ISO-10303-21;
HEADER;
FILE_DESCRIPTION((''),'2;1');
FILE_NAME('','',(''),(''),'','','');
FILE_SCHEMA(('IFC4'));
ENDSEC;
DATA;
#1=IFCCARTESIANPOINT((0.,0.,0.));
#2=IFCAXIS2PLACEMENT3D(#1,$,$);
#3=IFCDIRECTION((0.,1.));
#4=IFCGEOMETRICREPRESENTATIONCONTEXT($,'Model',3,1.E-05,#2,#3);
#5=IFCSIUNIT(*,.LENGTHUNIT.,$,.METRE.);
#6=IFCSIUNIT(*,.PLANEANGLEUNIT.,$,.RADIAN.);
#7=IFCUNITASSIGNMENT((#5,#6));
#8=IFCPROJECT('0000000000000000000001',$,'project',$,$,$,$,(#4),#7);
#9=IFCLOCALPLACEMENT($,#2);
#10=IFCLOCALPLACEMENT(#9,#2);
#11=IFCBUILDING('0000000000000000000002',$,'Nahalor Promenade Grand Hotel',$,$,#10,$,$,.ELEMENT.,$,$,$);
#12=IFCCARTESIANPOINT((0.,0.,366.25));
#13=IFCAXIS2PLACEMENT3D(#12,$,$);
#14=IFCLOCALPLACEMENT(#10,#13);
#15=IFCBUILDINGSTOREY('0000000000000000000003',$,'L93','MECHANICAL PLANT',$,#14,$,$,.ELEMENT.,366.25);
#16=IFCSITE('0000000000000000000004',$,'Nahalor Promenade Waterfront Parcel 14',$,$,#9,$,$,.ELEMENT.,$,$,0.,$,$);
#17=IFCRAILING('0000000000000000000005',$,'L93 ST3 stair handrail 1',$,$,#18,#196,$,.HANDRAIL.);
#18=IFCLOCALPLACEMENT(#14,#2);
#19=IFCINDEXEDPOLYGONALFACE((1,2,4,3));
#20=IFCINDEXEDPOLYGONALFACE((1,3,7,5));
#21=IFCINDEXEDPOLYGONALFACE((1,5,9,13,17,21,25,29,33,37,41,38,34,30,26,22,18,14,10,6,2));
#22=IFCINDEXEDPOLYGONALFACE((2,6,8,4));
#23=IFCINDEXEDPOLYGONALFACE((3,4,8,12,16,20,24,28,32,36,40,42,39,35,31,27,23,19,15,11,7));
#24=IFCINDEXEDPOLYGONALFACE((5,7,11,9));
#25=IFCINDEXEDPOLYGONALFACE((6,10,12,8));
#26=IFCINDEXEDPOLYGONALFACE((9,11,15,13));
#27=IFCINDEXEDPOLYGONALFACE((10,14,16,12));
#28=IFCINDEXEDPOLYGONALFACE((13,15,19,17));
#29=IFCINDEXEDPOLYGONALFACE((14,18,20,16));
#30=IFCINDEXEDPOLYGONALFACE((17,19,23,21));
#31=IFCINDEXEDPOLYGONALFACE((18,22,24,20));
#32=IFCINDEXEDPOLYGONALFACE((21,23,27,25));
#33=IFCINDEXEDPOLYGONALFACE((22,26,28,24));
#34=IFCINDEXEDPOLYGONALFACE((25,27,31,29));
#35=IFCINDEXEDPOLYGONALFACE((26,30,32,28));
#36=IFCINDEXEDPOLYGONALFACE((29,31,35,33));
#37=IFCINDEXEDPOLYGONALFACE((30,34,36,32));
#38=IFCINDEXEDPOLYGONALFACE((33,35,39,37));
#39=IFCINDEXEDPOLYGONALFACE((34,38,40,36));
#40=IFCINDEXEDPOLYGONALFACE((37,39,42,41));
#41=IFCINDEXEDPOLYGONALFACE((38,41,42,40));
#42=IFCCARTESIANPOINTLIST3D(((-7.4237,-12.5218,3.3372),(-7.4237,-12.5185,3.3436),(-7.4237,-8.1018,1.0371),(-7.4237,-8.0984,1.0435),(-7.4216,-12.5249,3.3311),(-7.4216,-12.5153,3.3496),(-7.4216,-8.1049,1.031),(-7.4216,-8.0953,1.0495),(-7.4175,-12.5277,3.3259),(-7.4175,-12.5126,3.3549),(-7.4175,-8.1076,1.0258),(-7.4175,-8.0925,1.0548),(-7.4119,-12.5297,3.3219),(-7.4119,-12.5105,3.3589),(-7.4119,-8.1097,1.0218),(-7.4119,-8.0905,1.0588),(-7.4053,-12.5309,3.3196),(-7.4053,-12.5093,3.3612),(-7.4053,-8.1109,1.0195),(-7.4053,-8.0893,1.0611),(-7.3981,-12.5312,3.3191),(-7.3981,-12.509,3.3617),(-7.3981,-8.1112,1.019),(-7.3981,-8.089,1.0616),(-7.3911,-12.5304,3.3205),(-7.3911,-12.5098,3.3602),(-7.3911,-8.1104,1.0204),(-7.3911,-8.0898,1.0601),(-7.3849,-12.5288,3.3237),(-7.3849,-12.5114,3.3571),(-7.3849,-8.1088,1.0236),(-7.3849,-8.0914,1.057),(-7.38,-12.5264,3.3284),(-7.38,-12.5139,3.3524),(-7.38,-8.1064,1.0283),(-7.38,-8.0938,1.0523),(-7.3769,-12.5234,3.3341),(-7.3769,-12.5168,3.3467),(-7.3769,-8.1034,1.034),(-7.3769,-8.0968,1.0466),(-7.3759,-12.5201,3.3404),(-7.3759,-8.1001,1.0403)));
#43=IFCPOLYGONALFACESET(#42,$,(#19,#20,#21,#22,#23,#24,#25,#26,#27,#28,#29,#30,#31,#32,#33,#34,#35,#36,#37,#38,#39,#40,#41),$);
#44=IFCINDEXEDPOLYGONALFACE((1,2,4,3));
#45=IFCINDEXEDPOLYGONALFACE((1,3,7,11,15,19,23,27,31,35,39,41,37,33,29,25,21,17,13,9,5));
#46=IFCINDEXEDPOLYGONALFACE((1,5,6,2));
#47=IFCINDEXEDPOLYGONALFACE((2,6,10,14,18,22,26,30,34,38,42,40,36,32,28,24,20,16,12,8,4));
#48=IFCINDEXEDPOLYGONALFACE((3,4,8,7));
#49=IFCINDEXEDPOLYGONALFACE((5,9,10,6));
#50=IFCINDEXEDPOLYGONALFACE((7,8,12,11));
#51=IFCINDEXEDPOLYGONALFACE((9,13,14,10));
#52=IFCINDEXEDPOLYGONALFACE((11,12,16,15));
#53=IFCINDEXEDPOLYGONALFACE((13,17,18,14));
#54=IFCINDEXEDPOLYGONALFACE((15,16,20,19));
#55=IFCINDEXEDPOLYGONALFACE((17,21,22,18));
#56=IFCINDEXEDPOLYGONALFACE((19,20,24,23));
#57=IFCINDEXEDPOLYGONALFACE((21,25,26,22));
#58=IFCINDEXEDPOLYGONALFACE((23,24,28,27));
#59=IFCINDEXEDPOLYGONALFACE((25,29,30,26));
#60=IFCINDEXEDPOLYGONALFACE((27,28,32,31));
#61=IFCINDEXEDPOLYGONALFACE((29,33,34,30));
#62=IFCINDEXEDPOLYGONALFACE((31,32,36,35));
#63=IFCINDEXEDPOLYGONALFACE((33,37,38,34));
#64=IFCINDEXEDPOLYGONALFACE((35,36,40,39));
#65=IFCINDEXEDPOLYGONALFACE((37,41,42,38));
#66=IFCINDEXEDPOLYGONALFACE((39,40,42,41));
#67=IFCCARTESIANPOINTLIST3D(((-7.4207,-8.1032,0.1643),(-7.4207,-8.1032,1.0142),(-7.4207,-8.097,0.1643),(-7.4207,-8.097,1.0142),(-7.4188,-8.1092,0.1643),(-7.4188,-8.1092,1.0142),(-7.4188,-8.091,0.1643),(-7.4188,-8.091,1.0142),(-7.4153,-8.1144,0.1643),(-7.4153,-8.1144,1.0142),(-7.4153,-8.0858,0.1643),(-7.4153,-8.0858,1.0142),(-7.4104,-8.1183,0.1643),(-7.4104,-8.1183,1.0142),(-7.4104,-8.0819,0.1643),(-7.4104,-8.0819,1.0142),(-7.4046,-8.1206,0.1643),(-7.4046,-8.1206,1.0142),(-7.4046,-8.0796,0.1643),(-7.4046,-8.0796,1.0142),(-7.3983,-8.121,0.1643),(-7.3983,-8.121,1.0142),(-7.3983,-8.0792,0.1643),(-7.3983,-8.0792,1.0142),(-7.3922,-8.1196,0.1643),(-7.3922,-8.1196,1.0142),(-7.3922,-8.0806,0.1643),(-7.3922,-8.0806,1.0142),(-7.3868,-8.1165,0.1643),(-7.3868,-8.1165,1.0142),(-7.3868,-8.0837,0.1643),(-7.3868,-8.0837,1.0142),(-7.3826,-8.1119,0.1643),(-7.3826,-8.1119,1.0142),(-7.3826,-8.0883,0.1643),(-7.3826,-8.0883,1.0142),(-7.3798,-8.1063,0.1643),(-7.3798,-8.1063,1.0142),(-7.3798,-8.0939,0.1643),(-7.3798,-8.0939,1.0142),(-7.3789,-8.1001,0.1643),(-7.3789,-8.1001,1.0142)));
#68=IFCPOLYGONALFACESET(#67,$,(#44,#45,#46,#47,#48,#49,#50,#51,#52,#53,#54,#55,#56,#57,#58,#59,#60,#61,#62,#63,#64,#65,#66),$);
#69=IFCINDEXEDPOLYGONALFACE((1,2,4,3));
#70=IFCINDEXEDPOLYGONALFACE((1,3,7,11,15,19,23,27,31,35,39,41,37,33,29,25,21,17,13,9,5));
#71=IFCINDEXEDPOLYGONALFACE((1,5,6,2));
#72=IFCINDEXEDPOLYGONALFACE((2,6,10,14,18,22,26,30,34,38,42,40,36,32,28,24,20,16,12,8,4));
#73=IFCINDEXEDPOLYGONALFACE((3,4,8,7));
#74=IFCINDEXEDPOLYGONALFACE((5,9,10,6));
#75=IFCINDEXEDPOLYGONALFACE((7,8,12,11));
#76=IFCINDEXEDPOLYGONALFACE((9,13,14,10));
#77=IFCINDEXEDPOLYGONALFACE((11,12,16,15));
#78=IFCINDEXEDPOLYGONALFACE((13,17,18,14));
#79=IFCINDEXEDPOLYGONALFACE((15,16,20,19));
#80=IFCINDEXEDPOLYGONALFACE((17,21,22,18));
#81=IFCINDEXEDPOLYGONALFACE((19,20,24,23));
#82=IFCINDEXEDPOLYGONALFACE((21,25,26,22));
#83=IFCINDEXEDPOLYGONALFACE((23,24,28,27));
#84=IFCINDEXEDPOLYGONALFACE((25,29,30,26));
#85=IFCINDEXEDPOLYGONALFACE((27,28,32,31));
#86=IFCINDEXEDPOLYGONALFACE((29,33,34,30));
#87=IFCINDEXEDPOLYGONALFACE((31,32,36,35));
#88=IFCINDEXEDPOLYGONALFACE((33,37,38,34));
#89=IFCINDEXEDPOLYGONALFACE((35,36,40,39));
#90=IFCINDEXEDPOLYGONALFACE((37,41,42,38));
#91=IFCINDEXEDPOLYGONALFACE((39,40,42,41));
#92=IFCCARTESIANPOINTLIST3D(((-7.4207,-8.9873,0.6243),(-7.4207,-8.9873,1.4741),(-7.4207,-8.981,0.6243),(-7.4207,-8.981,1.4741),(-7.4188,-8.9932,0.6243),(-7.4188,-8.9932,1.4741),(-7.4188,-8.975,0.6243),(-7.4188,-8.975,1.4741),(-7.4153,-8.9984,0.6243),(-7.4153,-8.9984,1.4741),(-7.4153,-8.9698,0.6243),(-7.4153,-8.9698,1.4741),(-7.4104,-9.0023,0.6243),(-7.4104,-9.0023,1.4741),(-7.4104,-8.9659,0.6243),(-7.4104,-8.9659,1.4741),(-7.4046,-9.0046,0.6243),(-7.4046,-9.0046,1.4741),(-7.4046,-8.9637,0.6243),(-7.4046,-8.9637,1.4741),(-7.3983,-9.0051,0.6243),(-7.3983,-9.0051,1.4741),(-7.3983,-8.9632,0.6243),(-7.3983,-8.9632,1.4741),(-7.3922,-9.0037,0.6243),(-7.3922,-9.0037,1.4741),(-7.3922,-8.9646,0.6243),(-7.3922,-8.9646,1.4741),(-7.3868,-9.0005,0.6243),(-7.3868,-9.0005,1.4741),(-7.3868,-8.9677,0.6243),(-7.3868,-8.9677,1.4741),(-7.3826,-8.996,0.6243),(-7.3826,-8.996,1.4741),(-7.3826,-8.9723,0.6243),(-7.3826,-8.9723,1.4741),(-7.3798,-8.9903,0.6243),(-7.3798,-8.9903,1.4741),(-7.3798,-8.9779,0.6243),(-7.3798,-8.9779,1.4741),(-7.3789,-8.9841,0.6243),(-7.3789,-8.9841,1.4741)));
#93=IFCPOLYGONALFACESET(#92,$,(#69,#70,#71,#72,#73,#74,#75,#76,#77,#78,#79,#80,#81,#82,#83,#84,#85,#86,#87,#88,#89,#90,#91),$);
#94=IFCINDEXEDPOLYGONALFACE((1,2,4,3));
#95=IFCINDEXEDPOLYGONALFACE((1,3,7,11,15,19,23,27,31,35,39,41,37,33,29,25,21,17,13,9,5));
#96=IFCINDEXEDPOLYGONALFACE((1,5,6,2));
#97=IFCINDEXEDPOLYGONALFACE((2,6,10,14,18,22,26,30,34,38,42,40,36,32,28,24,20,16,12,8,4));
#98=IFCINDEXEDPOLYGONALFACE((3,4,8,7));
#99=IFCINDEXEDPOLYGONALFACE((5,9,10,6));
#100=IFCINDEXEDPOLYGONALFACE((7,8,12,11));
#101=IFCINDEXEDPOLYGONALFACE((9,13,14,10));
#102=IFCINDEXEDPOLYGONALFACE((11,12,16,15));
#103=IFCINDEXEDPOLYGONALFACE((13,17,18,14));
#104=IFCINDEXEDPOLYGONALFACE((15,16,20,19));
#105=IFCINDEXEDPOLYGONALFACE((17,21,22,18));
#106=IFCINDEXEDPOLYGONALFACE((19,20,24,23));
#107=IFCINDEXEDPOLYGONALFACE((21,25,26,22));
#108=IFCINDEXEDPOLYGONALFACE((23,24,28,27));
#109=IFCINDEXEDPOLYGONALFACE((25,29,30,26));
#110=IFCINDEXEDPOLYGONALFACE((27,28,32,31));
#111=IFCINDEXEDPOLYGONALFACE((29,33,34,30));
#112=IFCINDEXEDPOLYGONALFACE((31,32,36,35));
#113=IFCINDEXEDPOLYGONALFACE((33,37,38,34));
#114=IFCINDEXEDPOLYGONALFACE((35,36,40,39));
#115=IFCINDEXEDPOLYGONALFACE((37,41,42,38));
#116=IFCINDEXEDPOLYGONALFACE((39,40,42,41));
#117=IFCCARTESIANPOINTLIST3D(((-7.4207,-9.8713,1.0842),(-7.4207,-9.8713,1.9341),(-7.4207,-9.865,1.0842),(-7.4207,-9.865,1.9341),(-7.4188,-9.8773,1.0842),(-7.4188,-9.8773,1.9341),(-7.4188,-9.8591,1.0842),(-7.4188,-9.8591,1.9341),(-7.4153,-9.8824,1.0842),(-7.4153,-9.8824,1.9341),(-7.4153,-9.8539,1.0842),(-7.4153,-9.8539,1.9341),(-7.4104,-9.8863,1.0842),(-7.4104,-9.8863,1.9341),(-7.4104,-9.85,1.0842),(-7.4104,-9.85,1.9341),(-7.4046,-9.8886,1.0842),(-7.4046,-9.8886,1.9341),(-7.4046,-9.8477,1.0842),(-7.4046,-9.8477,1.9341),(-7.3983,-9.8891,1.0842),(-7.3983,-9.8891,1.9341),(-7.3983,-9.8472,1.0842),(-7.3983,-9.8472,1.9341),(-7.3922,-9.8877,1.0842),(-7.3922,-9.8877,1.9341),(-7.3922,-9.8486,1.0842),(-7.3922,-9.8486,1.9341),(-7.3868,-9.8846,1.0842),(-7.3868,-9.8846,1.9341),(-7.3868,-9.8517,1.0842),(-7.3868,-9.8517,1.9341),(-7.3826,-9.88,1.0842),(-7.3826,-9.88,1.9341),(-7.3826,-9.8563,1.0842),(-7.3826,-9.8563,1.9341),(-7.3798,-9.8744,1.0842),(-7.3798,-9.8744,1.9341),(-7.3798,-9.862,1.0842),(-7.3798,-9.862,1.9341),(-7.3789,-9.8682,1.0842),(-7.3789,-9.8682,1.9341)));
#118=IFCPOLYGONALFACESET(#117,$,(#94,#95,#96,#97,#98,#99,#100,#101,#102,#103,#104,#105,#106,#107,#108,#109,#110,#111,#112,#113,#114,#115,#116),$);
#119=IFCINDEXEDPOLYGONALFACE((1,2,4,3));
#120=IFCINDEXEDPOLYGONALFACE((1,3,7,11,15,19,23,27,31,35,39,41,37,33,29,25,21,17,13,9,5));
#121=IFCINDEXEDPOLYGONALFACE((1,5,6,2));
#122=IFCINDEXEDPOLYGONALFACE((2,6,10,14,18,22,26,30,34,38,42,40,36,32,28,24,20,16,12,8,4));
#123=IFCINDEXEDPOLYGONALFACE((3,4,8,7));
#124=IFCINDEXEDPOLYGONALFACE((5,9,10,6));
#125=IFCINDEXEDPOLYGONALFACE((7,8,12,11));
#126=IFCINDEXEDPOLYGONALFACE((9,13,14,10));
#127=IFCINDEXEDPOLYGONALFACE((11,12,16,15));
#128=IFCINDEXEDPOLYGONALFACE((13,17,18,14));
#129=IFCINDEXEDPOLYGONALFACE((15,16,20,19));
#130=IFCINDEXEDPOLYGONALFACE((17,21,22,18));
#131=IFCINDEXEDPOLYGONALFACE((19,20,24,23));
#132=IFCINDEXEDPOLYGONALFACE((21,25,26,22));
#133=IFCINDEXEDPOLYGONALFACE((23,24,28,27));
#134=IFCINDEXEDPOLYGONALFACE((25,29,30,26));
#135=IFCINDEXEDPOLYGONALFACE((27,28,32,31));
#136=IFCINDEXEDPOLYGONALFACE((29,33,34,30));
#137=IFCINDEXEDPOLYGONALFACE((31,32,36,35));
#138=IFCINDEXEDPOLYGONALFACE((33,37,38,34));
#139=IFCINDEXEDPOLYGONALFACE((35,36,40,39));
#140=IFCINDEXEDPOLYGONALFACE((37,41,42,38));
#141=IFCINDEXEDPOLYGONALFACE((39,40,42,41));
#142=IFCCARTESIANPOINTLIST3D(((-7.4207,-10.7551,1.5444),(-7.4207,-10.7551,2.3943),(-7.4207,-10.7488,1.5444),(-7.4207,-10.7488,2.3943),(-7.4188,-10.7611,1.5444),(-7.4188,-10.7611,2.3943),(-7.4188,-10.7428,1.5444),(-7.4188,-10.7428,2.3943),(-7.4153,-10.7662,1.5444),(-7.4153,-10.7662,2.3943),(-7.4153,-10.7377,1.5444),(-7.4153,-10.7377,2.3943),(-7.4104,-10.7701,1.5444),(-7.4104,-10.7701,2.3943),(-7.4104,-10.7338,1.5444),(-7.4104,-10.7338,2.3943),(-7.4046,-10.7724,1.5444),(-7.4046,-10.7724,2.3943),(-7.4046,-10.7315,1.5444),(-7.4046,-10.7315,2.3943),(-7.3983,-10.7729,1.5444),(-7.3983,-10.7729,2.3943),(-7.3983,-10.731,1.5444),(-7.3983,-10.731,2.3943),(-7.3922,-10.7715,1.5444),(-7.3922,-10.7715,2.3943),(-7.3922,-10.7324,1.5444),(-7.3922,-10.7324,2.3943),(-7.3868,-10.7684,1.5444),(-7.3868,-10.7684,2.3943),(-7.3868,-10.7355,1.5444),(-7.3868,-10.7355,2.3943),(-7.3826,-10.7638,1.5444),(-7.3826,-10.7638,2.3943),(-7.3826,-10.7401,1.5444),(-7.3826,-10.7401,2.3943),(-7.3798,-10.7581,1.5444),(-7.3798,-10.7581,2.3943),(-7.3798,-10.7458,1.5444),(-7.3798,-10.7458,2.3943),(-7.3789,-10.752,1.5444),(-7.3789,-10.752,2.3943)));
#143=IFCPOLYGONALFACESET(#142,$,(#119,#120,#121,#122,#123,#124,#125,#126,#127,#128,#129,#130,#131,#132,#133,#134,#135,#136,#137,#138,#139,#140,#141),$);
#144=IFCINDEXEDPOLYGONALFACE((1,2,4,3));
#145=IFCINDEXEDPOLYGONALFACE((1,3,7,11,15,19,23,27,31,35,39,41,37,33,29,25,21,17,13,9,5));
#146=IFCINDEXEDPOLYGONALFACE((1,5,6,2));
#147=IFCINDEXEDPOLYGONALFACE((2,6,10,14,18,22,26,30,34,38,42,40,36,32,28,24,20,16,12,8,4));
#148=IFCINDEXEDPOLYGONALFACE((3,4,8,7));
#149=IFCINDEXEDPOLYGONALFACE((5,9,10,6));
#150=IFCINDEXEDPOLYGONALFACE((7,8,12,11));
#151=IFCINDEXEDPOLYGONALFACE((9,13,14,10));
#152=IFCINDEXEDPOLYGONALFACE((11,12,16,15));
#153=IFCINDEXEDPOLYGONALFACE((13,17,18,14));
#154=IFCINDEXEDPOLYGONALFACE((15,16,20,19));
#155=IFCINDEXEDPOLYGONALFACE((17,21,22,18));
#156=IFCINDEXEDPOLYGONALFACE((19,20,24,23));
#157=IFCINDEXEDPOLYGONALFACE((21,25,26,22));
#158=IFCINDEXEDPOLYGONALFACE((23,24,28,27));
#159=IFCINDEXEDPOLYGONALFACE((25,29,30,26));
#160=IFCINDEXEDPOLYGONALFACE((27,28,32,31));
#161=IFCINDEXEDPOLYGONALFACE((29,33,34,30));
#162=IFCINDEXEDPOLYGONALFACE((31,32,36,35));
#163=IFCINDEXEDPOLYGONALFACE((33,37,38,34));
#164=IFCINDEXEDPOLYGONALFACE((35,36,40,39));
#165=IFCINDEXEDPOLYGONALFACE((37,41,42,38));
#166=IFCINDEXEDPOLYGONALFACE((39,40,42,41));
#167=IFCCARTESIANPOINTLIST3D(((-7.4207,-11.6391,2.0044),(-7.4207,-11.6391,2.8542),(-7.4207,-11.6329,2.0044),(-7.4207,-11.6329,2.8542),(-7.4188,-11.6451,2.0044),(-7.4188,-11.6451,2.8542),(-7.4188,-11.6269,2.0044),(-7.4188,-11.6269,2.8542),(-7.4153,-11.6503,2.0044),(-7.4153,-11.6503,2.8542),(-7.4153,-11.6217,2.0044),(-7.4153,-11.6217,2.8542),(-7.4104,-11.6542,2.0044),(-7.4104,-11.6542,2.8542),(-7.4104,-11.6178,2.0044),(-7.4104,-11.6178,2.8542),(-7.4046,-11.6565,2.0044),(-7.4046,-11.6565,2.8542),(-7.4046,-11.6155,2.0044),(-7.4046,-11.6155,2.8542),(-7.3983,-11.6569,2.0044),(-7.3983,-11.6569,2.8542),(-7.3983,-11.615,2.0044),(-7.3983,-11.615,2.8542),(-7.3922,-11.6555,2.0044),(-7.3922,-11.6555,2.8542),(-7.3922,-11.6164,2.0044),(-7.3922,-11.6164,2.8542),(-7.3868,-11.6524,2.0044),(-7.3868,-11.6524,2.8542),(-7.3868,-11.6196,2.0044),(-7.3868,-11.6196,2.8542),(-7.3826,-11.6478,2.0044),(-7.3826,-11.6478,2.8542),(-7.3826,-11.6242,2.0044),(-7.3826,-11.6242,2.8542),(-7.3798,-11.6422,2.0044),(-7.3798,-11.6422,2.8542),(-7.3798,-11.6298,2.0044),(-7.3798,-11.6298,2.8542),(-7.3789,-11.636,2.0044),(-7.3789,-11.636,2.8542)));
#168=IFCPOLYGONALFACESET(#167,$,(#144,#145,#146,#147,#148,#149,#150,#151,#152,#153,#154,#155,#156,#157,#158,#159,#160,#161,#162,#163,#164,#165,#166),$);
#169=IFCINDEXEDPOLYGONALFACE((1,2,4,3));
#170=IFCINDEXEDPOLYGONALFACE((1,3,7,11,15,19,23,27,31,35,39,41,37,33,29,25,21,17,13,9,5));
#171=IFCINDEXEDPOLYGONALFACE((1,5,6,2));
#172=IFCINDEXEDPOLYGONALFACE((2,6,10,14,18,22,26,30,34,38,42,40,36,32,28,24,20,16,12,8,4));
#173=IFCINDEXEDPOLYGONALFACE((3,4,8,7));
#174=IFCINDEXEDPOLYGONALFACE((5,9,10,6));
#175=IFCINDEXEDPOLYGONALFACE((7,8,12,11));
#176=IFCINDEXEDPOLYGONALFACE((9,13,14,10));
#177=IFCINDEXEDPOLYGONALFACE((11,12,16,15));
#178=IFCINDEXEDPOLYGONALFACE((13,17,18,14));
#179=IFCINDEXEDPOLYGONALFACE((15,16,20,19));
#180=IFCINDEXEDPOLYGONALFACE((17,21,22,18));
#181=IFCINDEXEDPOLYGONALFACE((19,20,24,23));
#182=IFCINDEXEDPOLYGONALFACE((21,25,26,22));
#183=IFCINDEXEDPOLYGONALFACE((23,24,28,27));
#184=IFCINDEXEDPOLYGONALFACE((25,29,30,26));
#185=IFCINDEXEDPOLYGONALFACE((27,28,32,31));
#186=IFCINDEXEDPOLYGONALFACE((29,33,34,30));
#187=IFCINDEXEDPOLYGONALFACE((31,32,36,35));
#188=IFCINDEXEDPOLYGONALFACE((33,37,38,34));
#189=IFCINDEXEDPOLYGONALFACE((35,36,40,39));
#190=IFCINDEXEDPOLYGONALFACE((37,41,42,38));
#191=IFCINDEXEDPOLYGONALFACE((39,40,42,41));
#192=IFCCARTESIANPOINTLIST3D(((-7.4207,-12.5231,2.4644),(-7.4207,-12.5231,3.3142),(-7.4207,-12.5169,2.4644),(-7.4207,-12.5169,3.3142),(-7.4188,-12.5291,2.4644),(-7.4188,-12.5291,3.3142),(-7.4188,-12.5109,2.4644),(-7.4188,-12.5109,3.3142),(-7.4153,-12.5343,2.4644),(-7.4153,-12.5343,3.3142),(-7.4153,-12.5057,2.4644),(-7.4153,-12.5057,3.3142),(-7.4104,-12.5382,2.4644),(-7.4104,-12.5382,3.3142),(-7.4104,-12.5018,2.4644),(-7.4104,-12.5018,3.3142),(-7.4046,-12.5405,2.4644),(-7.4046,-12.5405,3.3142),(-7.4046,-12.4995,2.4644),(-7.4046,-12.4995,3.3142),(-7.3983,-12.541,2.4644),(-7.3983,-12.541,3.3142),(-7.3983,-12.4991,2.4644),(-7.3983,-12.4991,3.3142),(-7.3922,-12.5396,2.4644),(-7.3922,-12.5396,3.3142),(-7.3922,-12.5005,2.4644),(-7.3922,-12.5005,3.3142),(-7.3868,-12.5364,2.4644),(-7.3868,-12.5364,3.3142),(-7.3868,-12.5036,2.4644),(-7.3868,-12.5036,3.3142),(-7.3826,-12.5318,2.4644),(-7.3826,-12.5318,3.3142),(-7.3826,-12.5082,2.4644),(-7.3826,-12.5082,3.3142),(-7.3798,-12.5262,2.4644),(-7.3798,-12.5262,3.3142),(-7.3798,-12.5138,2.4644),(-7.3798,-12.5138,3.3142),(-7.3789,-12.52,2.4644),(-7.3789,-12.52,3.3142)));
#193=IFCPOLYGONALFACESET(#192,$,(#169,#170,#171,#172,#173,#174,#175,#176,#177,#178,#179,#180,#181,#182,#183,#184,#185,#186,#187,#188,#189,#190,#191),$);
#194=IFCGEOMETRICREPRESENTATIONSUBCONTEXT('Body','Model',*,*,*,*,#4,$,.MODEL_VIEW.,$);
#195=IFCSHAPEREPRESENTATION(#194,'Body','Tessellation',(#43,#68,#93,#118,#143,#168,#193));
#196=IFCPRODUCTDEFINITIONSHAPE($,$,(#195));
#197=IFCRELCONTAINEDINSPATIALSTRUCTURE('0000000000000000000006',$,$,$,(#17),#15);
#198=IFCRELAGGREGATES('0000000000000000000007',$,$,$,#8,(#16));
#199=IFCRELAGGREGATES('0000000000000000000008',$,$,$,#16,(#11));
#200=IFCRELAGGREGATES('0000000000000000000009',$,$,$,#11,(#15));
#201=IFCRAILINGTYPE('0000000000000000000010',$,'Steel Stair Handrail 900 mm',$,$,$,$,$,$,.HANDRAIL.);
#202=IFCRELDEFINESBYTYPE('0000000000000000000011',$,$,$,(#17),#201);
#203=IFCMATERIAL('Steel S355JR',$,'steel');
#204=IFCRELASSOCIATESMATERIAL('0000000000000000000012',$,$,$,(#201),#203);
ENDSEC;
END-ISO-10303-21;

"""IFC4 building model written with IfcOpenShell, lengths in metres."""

from ifc_helpers import new_model, si_unit, direction, frame, origin, origin_2d, place, context, subcontext, project, spatial, circle, extrude, material, type_object, element, save


model = new_model("IFC4")

# Units and contexts
model_context = context("Model", 3, precision=1e-05, world=origin(), true_north=direction((0.0, 1.0)))
body_context = subcontext(model_context, "Body", "Model", "MODEL_VIEW")
ifc_project = project(units=[si_unit("LENGTHUNIT", "METRE"), si_unit("PLANEANGLEUNIT", "RADIAN")], contexts=[model_context])

# Site, building, storey
site_placement = place(None, origin())
site = spatial("IfcSite", under=ifc_project, at=site_placement, Name="Nahalor Promenade Waterfront Parcel 14", CompositionType="ELEMENT", RefElevation=0.0)
building_placement = place(site_placement, origin())
building = spatial("IfcBuilding", under=site, at=building_placement, Name="Nahalor Promenade Grand Hotel", CompositionType="ELEMENT")
storey_placement = place(building_placement, frame((0.0, 0.0, 366.25)))
storey = spatial("IfcBuildingStorey", under=building, at=storey_placement, Name="L93", Description="MECHANICAL PLANT", CompositionType="ELEMENT", Elevation=366.25)

# Shared definitions
ifc_material_1 = material(Name="Steel S355JR", Category="steel")

# Railing
railing_type_1 = type_object("IfcRailingType", Name="Steel Stair Handrail 900 mm", PredefinedType="HANDRAIL", material=ifc_material_1)
railing_1_placement = place(storey_placement, frame((-7.3999, -8.1001, 0.1643)))
element("IfcRailing", 1, at=railing_1_placement, inside=storey, type_object=railing_type_1, Name="L93 ST3 stair handrail 1", PredefinedType="HANDRAIL", context=body_context, shape_type="SweptSolid", body=[
    extrude(circle(Radius=0.024, at=origin_2d()), frame((0.0, 0.0, 0.876), z_axis=(0.0, -0.887078, 0.46162), x_axis=(1.0, 0.0, 0.0)), (0.0, 0.0, 1.0), 4.9827),
    extrude(circle(Radius=0.021, at=origin_2d()), origin(), (0.0, 0.0, 1.0), 0.8499),
    extrude(circle(Radius=0.021, at=origin_2d()), frame((0.0, -0.884, 0.46)), (0.0, 0.0, 1.0), 0.8499),
    extrude(circle(Radius=0.021, at=origin_2d()), frame((0.0, -1.7681, 0.9199)), (0.0, 0.0, 1.0), 0.8499),
    extrude(circle(Radius=0.021, at=origin_2d()), frame((0.0, -2.6519, 1.3801)), (0.0, 0.0, 1.0), 0.8499),
    extrude(circle(Radius=0.021, at=origin_2d()), frame((0.0, -3.5359, 1.8401)), (0.0, 0.0, 1.0), 0.8499),
    extrude(circle(Radius=0.021, at=origin_2d()), frame((0.0, -4.4199, 2.3)), (0.0, 0.0, 1.0), 0.8499),
])

save(model, "model.ifc")
